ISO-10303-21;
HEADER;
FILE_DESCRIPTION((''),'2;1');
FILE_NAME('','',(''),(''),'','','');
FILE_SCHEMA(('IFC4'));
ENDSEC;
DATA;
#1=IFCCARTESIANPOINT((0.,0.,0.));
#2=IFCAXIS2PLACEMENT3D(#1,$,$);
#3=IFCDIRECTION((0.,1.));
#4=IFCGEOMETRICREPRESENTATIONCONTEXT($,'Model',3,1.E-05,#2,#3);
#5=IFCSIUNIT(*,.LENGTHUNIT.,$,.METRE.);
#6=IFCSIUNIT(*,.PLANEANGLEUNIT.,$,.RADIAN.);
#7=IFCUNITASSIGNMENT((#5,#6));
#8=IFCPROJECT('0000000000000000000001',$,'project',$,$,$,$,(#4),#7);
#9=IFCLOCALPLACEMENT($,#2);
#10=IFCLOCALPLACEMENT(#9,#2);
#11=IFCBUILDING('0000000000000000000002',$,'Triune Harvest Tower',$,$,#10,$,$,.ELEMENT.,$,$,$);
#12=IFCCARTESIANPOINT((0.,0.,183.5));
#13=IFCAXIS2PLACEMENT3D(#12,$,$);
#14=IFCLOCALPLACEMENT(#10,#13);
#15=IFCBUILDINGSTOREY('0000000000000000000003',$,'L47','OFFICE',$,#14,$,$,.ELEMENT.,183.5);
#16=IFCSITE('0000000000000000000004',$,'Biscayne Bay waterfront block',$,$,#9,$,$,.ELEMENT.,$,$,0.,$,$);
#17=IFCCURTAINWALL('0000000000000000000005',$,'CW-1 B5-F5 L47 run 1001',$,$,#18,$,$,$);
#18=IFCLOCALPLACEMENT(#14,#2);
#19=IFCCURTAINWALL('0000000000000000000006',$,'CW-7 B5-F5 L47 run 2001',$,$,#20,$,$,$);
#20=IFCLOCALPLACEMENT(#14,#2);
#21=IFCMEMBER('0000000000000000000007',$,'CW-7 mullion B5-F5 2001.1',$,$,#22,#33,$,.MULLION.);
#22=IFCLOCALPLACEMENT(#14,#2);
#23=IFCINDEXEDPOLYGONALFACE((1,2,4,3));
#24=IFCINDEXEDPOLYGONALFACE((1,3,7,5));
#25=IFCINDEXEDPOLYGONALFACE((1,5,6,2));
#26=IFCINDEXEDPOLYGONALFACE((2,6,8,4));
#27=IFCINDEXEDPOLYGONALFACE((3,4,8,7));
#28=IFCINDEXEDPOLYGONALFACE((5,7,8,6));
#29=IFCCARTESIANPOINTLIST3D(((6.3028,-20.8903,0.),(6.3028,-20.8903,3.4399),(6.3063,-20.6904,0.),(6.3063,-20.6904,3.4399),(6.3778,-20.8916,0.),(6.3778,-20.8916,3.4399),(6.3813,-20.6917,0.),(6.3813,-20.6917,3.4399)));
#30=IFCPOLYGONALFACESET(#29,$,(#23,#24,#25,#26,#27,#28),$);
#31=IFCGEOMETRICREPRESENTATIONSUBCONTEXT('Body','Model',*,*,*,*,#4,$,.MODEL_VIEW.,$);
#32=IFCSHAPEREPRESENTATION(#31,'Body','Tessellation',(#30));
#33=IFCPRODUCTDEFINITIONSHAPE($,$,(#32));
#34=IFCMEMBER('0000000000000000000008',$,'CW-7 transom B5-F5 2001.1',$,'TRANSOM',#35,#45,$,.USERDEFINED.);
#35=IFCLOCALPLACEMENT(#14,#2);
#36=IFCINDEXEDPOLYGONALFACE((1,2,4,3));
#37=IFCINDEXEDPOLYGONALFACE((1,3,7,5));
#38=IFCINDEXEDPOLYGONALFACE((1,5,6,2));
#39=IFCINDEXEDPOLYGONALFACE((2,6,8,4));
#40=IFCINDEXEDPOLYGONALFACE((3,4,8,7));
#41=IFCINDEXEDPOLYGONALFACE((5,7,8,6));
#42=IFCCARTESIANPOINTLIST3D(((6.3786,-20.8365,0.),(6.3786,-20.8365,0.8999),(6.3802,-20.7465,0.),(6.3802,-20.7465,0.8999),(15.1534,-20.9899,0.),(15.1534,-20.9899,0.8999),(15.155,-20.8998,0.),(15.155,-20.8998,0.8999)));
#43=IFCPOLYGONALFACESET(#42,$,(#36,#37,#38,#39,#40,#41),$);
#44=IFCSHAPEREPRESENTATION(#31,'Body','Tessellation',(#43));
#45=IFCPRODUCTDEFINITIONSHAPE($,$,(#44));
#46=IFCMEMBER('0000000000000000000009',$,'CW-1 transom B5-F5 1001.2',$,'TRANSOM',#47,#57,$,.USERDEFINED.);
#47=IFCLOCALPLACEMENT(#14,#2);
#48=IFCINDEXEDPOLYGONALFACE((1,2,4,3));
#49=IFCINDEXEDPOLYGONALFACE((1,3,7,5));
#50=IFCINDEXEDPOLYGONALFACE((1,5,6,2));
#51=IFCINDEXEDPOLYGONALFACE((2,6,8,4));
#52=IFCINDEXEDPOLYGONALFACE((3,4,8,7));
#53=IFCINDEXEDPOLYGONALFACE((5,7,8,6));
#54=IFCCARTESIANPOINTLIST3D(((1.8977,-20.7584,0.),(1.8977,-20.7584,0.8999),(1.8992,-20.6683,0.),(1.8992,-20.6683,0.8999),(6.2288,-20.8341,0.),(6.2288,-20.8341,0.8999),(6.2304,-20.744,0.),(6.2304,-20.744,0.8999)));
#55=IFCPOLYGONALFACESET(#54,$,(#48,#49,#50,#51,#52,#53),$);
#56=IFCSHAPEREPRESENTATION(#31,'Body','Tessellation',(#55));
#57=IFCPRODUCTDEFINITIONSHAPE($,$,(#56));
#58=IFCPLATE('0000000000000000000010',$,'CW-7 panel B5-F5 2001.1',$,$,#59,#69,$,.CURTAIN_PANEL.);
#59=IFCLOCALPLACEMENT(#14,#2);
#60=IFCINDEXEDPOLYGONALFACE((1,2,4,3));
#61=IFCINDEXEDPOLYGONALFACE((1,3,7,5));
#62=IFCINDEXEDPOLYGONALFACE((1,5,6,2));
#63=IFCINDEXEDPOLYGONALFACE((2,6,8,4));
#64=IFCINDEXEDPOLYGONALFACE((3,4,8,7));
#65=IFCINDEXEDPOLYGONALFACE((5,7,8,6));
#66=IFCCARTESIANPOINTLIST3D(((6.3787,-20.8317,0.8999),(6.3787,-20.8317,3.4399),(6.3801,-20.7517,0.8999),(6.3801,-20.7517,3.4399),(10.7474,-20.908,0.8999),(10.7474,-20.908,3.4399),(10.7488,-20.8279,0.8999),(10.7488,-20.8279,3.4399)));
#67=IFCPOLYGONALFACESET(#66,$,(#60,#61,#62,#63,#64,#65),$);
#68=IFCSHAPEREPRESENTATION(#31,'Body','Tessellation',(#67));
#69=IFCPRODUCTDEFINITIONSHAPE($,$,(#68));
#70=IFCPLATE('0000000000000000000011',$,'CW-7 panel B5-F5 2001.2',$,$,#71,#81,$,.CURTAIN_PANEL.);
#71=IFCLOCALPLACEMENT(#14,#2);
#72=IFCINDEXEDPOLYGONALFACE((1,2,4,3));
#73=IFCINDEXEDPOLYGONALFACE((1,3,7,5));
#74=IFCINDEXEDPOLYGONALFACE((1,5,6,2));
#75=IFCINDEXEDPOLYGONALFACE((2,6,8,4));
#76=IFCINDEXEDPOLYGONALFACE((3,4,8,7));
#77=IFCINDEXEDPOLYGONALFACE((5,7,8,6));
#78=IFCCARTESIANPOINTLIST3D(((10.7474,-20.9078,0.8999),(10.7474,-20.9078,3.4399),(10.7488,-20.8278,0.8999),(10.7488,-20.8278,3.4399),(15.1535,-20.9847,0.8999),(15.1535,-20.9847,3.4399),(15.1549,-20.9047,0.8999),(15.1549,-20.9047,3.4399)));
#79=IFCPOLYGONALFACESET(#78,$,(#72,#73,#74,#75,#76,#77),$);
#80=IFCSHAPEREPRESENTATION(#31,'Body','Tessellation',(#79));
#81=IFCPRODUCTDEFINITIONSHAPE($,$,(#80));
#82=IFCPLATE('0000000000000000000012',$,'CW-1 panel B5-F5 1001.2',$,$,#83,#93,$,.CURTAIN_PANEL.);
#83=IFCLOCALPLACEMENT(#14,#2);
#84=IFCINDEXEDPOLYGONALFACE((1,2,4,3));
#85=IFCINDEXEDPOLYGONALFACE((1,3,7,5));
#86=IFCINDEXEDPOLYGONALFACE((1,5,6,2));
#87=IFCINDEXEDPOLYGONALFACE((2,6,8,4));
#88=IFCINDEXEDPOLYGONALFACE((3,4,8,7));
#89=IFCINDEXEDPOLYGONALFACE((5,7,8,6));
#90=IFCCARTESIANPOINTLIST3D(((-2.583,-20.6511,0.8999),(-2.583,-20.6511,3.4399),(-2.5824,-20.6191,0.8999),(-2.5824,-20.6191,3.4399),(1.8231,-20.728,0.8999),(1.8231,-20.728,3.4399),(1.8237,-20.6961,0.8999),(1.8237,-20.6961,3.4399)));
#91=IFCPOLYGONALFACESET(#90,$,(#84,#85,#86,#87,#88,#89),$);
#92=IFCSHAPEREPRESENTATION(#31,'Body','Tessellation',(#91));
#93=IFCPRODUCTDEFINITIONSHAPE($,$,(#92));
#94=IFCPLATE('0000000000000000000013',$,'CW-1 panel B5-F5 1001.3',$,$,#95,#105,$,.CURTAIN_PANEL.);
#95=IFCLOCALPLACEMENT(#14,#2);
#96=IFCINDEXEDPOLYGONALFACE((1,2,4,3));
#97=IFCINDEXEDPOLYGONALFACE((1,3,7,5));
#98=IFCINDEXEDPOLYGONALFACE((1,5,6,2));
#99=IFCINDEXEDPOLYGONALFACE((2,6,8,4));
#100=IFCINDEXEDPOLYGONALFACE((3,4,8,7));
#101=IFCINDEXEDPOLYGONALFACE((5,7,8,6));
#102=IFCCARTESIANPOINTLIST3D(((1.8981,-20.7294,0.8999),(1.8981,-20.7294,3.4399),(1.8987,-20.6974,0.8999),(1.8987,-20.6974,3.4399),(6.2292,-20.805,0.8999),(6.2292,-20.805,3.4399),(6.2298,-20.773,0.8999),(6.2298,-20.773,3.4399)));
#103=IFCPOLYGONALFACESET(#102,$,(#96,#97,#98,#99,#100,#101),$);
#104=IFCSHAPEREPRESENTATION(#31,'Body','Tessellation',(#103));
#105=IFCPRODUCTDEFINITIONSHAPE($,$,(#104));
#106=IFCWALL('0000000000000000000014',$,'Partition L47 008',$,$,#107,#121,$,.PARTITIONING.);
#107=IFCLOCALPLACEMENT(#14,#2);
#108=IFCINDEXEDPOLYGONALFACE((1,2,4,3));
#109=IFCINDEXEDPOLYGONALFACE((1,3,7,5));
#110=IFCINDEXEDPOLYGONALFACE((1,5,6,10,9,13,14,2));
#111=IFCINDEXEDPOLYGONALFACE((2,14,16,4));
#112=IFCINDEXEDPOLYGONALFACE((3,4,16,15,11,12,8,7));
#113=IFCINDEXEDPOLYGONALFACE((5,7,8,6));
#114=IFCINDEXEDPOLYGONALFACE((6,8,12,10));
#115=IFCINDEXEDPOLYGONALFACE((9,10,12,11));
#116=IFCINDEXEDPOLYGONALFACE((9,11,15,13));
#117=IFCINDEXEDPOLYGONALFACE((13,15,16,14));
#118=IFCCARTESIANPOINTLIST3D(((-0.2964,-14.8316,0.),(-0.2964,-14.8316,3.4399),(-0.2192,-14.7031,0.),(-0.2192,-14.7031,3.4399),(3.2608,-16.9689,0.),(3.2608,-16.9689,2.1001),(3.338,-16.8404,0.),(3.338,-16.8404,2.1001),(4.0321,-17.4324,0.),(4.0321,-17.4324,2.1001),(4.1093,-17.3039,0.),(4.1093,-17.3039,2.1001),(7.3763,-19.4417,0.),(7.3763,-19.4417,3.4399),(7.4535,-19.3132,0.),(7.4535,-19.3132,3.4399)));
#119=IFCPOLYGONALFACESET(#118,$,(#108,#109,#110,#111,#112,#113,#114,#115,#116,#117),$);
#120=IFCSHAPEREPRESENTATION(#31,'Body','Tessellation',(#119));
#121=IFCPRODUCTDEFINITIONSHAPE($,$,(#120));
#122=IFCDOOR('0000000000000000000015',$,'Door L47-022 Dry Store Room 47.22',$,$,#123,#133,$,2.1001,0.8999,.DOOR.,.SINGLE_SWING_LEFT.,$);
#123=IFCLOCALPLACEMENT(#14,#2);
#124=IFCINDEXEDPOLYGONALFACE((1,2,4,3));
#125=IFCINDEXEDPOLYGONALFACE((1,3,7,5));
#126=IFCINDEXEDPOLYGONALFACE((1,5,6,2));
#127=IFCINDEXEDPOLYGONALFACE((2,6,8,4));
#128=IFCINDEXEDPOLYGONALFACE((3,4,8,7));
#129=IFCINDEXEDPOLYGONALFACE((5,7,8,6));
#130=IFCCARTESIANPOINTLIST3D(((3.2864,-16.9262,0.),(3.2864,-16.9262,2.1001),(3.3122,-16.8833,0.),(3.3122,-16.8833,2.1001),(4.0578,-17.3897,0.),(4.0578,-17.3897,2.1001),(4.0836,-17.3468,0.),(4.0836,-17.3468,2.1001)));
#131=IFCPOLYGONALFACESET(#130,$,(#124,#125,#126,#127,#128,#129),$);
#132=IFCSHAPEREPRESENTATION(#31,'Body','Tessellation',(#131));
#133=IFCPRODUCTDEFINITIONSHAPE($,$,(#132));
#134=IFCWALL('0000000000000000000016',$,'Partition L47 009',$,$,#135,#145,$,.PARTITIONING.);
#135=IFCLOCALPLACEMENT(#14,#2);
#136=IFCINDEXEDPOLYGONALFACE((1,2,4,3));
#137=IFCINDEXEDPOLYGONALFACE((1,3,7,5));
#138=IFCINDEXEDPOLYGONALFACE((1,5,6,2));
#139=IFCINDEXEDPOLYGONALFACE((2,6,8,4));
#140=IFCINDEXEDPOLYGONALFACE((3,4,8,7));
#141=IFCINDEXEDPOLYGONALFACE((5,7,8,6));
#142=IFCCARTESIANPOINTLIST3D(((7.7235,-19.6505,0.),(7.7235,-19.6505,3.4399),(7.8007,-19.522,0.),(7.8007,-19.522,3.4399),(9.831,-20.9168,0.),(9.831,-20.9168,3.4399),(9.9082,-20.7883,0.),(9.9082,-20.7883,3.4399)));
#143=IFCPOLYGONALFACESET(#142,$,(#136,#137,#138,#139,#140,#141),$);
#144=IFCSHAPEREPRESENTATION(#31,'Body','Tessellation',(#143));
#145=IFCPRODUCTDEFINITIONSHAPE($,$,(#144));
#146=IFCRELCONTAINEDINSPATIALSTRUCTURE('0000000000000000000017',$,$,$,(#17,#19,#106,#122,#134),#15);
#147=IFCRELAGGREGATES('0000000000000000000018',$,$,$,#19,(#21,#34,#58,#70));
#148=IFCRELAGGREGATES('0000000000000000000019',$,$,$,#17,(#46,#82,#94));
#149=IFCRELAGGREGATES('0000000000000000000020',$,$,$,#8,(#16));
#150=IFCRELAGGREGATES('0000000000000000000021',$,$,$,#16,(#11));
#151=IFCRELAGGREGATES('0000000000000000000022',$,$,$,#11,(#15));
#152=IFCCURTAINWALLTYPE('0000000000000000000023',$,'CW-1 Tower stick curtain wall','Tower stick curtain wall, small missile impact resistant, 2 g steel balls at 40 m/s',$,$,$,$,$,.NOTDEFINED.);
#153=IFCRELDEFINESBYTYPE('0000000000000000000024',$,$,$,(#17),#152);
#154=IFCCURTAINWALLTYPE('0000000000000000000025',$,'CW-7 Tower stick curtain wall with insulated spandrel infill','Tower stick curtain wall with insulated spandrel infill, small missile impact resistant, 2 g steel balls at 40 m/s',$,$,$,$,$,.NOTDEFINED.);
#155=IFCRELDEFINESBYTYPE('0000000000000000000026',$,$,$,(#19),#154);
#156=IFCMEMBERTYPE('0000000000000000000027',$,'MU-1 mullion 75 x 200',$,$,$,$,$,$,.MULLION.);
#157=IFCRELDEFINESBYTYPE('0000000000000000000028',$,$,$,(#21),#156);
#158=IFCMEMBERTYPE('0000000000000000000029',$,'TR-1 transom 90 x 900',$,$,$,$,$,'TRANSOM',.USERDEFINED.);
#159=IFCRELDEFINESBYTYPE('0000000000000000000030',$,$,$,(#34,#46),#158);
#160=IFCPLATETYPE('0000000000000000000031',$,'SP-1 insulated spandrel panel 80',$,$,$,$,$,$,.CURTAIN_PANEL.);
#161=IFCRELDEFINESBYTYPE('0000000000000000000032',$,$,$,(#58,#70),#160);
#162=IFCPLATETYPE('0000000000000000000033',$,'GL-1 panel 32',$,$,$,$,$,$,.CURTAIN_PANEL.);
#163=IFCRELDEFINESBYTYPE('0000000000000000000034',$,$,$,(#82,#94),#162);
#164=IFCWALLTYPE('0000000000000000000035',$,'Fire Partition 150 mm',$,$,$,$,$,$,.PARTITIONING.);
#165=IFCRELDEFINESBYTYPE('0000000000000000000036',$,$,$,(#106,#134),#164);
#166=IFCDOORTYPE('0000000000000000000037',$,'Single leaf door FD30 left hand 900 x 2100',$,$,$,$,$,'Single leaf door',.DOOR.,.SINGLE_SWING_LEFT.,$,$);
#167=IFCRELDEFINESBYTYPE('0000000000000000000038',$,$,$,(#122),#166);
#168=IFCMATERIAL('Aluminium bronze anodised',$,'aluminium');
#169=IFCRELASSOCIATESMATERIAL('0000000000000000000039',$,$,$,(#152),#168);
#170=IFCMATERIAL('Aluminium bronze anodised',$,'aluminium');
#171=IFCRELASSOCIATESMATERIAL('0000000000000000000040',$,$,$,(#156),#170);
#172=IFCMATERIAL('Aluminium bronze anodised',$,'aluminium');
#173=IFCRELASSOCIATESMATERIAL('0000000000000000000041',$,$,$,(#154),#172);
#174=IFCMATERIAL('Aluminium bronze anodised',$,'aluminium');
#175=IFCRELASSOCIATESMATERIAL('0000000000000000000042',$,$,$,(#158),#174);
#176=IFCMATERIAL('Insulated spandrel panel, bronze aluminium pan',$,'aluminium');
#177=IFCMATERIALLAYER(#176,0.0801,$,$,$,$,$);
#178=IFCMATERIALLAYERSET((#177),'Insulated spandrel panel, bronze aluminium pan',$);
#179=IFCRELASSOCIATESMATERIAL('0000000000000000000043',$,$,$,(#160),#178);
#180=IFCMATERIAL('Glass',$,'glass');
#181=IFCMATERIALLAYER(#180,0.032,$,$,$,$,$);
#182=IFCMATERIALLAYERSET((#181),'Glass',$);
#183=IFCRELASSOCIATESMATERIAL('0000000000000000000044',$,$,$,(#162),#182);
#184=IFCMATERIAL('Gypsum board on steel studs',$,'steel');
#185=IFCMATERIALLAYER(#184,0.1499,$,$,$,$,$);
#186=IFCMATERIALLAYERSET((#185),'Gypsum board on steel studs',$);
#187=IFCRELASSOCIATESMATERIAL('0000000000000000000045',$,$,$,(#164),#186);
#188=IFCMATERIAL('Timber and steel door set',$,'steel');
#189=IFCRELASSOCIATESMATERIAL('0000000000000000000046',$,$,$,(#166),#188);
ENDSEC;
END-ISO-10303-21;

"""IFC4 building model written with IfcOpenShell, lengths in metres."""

from ifc_helpers import new_model, si_unit, direction, frame, frame_2d, origin, origin_2d, place, context, subcontext, project, spatial, rectangle, extrude, source, transform, mapped, material, layer, layer_set, material_profile, profile_set, type_object, element, fill, aggregate, save


model = new_model("IFC4")

# Units and contexts
model_context = context("Model", 3, precision=1e-05, world=origin(), true_north=direction((0.0, 1.0)))
body_context = subcontext(model_context, "Body", "Model", "MODEL_VIEW")
ifc_project = project(units=[si_unit("LENGTHUNIT", "METRE"), si_unit("PLANEANGLEUNIT", "RADIAN")], contexts=[model_context])

# Site, building, storey
site_placement = place(None, origin())
site = spatial("IfcSite", under=ifc_project, at=site_placement, Name="Biscayne Bay waterfront block", CompositionType="ELEMENT", RefElevation=0.0)
building_placement = place(site_placement, origin())
building = spatial("IfcBuilding", under=site, at=building_placement, Name="Triune Harvest Tower", CompositionType="ELEMENT")
storey_placement = place(building_placement, frame((0.0, 0.0, 183.5)))
storey = spatial("IfcBuildingStorey", under=building, at=storey_placement, Name="L47", Description="OFFICE", CompositionType="ELEMENT", Elevation=183.5)

# Curtain walls, members
ifc_material_1 = material(Name="Aluminium bronze anodised", Category="aluminium")
curtain_wall_type_1 = type_object("IfcCurtainWallType", Name="CW-1 Tower stick curtain wall", Description="Tower stick curtain wall, small missile impact resistant, 2 g steel balls at 40 m/s", PredefinedType="NOTDEFINED", material=ifc_material_1)
curtain_wall_1_placement = place(storey_placement, origin())
curtain_wall_1 = element("IfcCurtainWall", 1, at=curtain_wall_1_placement, inside=storey, type_object=curtain_wall_type_1, Name="CW-1 B5-F5 L47 run 1001")
ifc_material_2 = material(Name="Aluminium bronze anodised", Category="aluminium")
ifc_material_profile_1 = material_profile(ifc_material_2, rectangle(XDim=0.2, YDim=0.075, at=origin_2d()), Name="MU-1 mullion 75 x 200")
ifc_profile_set_1 = profile_set([ifc_material_profile_1], Name="Aluminium bronze anodised")
member_type_1 = type_object("IfcMemberType", Name="MU-1 mullion 75 x 200", PredefinedType="MULLION", material=ifc_profile_set_1)
shared_shape_1 = source(origin(), body_context, "Body", "SweptSolid", [
    extrude(rectangle(XDim=0.2, YDim=0.075, at=origin_2d()), origin(), (0.0, 0.0, 1.0), 3.4399),
])
ifc_material_3 = material(Name="Aluminium bronze anodised", Category="aluminium")
curtain_wall_type_2 = type_object("IfcCurtainWallType", Name="CW-7 Tower stick curtain wall with insulated spandrel infill", Description="Tower stick curtain wall with insulated spandrel infill, small missile impact resistant, 2 g steel balls at 40 m/s", PredefinedType="NOTDEFINED", material=ifc_material_3)
curtain_wall_2_placement = place(storey_placement, origin())
curtain_wall_2 = element("IfcCurtainWall", 2, at=curtain_wall_2_placement, inside=storey, type_object=curtain_wall_type_2, Name="CW-7 B5-F5 L47 run 2001")
member_1_placement = place(storey_placement, frame((6.342, -20.791, 0.0), z_axis=(0.0, 0.0, 1.0), x_axis=(0.017451, 0.999848, 0.0)))
member_1 = element("IfcMember", 3, at=member_1_placement, type_object=member_type_1, Name="CW-7 mullion B5-F5 2001.1", PredefinedType="MULLION", context=body_context, shape_type="MappedRepresentation", body=[
    mapped(shared_shape_1, transform((0.0, 0.0, 0.0), scale=1.0)),
])
ifc_material_4 = material(Name="Aluminium bronze anodised", Category="aluminium")
ifc_material_profile_2 = material_profile(ifc_material_4, rectangle(XDim=0.0901, YDim=0.8999, at=origin_2d()), Name="TR-1 transom 90 x 900")
ifc_profile_set_2 = profile_set([ifc_material_profile_2], Name="Aluminium bronze anodised")
member_type_2 = type_object("IfcMemberType", Name="TR-1 transom 90 x 900", ElementType="TRANSOM", PredefinedType="USERDEFINED", material=ifc_profile_set_2)
shared_shape_2 = source(origin(), body_context, "Body", "SweptSolid", [
    extrude(rectangle(XDim=0.0901, YDim=0.8999, at=origin_2d()), origin(), (0.0, 0.0, 1.0), 8.7761),
])
member_2_placement = place(storey_placement, frame((6.3794, -20.7915, 0.45), z_axis=(0.999847, -0.01747, 0.0), x_axis=(0.01747, 0.999847, 0.0)))
member_2 = element("IfcMember", 4, at=member_2_placement, type_object=member_type_2, Name="CW-7 transom B5-F5 2001.1", ObjectType="TRANSOM", PredefinedType="USERDEFINED", context=body_context, shape_type="MappedRepresentation", body=[
    mapped(shared_shape_2, transform((0.0, 0.0, 0.0), scale=1.0)),
])

# Member
shared_shape_3 = source(origin(), body_context, "Body", "SweptSolid", [
    extrude(rectangle(XDim=0.0901, YDim=0.8999, at=origin_2d()), origin(), (0.0, 0.0, 1.0), 4.3318),
])
member_3_placement = place(storey_placement, frame((1.8984, -20.7134, 0.45), z_axis=(0.999847, -0.017472, 0.0), x_axis=(0.017472, 0.999847, 0.0)))
member_3 = element("IfcMember", 5, at=member_3_placement, type_object=member_type_2, Name="CW-1 transom B5-F5 1001.2", ObjectType="TRANSOM", PredefinedType="USERDEFINED", context=body_context, shape_type="MappedRepresentation", body=[
    mapped(shared_shape_3, transform((0.0, 0.0, 0.0), scale=1.0)),
])

# Plates
ifc_material_5 = material(Name="Insulated spandrel panel, bronze aluminium pan", Category="aluminium")
ifc_layer_1 = layer(ifc_material_5, 0.0801)
ifc_layer_set_1 = layer_set([ifc_layer_1], Name="Insulated spandrel panel, bronze aluminium pan")
plate_type_1 = type_object("IfcPlateType", Name="SP-1 insulated spandrel panel 80", PredefinedType="CURTAIN_PANEL", material=ifc_layer_set_1)
shared_shape_4 = source(origin(), body_context, "Body", "SweptSolid", [
    extrude(rectangle(XDim=4.3694, YDim=0.0801, at=origin_2d()), origin(), (0.0, 0.0, 1.0), 2.54),
])
plate_1_placement = place(storey_placement, frame((8.5637, -20.8298, 0.8999), z_axis=(0.0, 0.0, 1.0), x_axis=(0.999848, -0.017451, 0.0)))
plate_1 = element("IfcPlate", 6, at=plate_1_placement, type_object=plate_type_1, Name="CW-7 panel B5-F5 2001.1", PredefinedType="CURTAIN_PANEL", context=body_context, shape_type="MappedRepresentation", body=[
    mapped(shared_shape_4, transform((0.0, 0.0, 0.0), scale=1.0)),
])
shared_shape_5 = source(origin(), body_context, "Body", "SweptSolid", [
    extrude(rectangle(XDim=4.4067, YDim=0.0801, at=origin_2d()), origin(), (0.0, 0.0, 1.0), 2.54),
])
plate_2_placement = place(storey_placement, frame((12.9512, -20.9062, 0.8999), z_axis=(0.0, 0.0, 1.0), x_axis=(0.999848, -0.017451, 0.0)))
plate_2 = element("IfcPlate", 7, at=plate_2_placement, type_object=plate_type_1, Name="CW-7 panel B5-F5 2001.2", PredefinedType="CURTAIN_PANEL", context=body_context, shape_type="MappedRepresentation", body=[
    mapped(shared_shape_5, transform((0.0, 0.0, 0.0), scale=1.0)),
])
aggregate(curtain_wall_2, [member_1, member_2, plate_1, plate_2])
ifc_material_6 = material(Name="Glass", Category="glass")
ifc_layer_2 = layer(ifc_material_6, 0.032)
ifc_layer_set_2 = layer_set([ifc_layer_2], Name="Glass")
plate_type_2 = type_object("IfcPlateType", Name="GL-1 panel 32", PredefinedType="CURTAIN_PANEL", material=ifc_layer_set_2)
shared_shape_6 = source(origin(), body_context, "Body", "SweptSolid", [
    extrude(rectangle(XDim=4.4067, YDim=0.032, at=origin_2d()), origin(), (0.0, 0.0, 1.0), 2.54),
])
plate_3_placement = place(storey_placement, frame((-0.3796, -20.6736, 0.8999), z_axis=(0.0, 0.0, 1.0), x_axis=(0.999848, -0.017453, 0.0)))
plate_3 = element("IfcPlate", 8, at=plate_3_placement, type_object=plate_type_2, Name="CW-1 panel B5-F5 1001.2", PredefinedType="CURTAIN_PANEL", context=body_context, shape_type="MappedRepresentation", body=[
    mapped(shared_shape_6, transform((0.0, 0.0, 0.0), scale=1.0)),
])
shared_shape_7 = source(origin(), body_context, "Body", "SweptSolid", [
    extrude(rectangle(XDim=4.3318, YDim=0.032, at=origin_2d()), origin(), (0.0, 0.0, 1.0), 2.54),
])
plate_4_placement = place(storey_placement, frame((4.064, -20.7512, 0.8999), z_axis=(0.0, 0.0, 1.0), x_axis=(0.999848, -0.017453, 0.0)))
plate_4 = element("IfcPlate", 9, at=plate_4_placement, type_object=plate_type_2, Name="CW-1 panel B5-F5 1001.3", PredefinedType="CURTAIN_PANEL", context=body_context, shape_type="MappedRepresentation", body=[
    mapped(shared_shape_7, transform((0.0, 0.0, 0.0), scale=1.0)),
])
aggregate(curtain_wall_1, [member_3, plate_3, plate_4])

# Wall, opening, door
ifc_material_7 = material(Name="Gypsum board on steel studs", Category="steel")
ifc_layer_3 = layer(ifc_material_7, 0.1499)
ifc_layer_set_3 = layer_set([ifc_layer_3], Name="Gypsum board on steel studs")
wall_type_1 = type_object("IfcWallType", Name="Fire Partition 150 mm", PredefinedType="PARTITIONING", material=ifc_layer_set_3)
shared_shape_8 = source(origin(), body_context, "Body", "SweptSolid", [
    extrude(rectangle(XDim=8.9512, YDim=0.1499, at=frame_2d((4.4756, 0.0))), origin(), (0.0, 0.0, 1.0), 3.4399),
])
wall_1_placement = place(storey_placement, frame((-0.2578, -14.7673, 0.0), z_axis=(0.0, 0.0, 1.0), x_axis=(0.85717, -0.515033, 0.0)))
wall_1 = element("IfcWall", 10, at=wall_1_placement, inside=storey, type_object=wall_type_1, Name="Partition L47 008", PredefinedType="PARTITIONING", context=body_context, shape_type="MappedRepresentation", body=[
    mapped(shared_shape_8, transform((0.0, 0.0, 0.0), scale=1.0)),
])
opening_1_placement = place(wall_1_placement, frame((4.1499, 0.0, 0.0)))
opening_1 = element("IfcOpeningElement", 11, at=opening_1_placement, cuts=wall_1, PredefinedType="OPENING", context=body_context, shape_type="SweptSolid", body=[
    extrude(rectangle(XDim=0.8999, YDim=2.1001, at=frame_2d((0.45, 1.05))), frame((0.0, 0.085, 0.0), z_axis=(0.0, -1.0, 0.0), x_axis=(1.0, 0.0, 0.0)), (0.0, 0.0, 1.0), 0.1699),
])
ifc_material_8 = material(Name="Timber and steel door set", Category="steel")
door_type = type_object("IfcDoorType", Name="Single leaf door FD30 left hand 900 x 2100", ElementType="Single leaf door", OperationType="SINGLE_SWING_LEFT", PredefinedType="DOOR", material=ifc_material_8)
door_1_placement = place(opening_1_placement, origin())
door_1 = element("IfcDoor", 12, at=door_1_placement, inside=storey, type_object=door_type, Name="Door L47-022 Dry Store Room 47.22", OperationType="SINGLE_SWING_LEFT", OverallHeight=2.1001, OverallWidth=0.8999, PredefinedType="DOOR", context=body_context, shape_type="SweptSolid", body=[
    extrude(rectangle(XDim=0.8999, YDim=2.1001, at=frame_2d((0.45, 1.05))), frame((0.0, 0.0249, 0.0), z_axis=(0.0, -1.0, 0.0), x_axis=(1.0, 0.0, 0.0)), (0.0, 0.0, 1.0), 0.05),
])
fill(opening_1, door_1)

# Wall
shared_shape_9 = source(origin(), body_context, "Body", "SweptSolid", [
    extrude(rectangle(XDim=2.4587, YDim=0.1499, at=frame_2d((1.2295, 0.0))), origin(), (0.0, 0.0, 1.0), 3.4399),
])
wall_2_placement = place(storey_placement, frame((7.762, -19.5862, 0.0), z_axis=(0.0, 0.0, 1.0), x_axis=(0.857177, -0.515021, 0.0)))
element("IfcWall", 13, at=wall_2_placement, inside=storey, type_object=wall_type_1, Name="Partition L47 009", PredefinedType="PARTITIONING", context=body_context, shape_type="MappedRepresentation", body=[
    mapped(shared_shape_9, transform((0.0, 0.0, 0.0), scale=1.0)),
])

save(model, "model.ifc")
